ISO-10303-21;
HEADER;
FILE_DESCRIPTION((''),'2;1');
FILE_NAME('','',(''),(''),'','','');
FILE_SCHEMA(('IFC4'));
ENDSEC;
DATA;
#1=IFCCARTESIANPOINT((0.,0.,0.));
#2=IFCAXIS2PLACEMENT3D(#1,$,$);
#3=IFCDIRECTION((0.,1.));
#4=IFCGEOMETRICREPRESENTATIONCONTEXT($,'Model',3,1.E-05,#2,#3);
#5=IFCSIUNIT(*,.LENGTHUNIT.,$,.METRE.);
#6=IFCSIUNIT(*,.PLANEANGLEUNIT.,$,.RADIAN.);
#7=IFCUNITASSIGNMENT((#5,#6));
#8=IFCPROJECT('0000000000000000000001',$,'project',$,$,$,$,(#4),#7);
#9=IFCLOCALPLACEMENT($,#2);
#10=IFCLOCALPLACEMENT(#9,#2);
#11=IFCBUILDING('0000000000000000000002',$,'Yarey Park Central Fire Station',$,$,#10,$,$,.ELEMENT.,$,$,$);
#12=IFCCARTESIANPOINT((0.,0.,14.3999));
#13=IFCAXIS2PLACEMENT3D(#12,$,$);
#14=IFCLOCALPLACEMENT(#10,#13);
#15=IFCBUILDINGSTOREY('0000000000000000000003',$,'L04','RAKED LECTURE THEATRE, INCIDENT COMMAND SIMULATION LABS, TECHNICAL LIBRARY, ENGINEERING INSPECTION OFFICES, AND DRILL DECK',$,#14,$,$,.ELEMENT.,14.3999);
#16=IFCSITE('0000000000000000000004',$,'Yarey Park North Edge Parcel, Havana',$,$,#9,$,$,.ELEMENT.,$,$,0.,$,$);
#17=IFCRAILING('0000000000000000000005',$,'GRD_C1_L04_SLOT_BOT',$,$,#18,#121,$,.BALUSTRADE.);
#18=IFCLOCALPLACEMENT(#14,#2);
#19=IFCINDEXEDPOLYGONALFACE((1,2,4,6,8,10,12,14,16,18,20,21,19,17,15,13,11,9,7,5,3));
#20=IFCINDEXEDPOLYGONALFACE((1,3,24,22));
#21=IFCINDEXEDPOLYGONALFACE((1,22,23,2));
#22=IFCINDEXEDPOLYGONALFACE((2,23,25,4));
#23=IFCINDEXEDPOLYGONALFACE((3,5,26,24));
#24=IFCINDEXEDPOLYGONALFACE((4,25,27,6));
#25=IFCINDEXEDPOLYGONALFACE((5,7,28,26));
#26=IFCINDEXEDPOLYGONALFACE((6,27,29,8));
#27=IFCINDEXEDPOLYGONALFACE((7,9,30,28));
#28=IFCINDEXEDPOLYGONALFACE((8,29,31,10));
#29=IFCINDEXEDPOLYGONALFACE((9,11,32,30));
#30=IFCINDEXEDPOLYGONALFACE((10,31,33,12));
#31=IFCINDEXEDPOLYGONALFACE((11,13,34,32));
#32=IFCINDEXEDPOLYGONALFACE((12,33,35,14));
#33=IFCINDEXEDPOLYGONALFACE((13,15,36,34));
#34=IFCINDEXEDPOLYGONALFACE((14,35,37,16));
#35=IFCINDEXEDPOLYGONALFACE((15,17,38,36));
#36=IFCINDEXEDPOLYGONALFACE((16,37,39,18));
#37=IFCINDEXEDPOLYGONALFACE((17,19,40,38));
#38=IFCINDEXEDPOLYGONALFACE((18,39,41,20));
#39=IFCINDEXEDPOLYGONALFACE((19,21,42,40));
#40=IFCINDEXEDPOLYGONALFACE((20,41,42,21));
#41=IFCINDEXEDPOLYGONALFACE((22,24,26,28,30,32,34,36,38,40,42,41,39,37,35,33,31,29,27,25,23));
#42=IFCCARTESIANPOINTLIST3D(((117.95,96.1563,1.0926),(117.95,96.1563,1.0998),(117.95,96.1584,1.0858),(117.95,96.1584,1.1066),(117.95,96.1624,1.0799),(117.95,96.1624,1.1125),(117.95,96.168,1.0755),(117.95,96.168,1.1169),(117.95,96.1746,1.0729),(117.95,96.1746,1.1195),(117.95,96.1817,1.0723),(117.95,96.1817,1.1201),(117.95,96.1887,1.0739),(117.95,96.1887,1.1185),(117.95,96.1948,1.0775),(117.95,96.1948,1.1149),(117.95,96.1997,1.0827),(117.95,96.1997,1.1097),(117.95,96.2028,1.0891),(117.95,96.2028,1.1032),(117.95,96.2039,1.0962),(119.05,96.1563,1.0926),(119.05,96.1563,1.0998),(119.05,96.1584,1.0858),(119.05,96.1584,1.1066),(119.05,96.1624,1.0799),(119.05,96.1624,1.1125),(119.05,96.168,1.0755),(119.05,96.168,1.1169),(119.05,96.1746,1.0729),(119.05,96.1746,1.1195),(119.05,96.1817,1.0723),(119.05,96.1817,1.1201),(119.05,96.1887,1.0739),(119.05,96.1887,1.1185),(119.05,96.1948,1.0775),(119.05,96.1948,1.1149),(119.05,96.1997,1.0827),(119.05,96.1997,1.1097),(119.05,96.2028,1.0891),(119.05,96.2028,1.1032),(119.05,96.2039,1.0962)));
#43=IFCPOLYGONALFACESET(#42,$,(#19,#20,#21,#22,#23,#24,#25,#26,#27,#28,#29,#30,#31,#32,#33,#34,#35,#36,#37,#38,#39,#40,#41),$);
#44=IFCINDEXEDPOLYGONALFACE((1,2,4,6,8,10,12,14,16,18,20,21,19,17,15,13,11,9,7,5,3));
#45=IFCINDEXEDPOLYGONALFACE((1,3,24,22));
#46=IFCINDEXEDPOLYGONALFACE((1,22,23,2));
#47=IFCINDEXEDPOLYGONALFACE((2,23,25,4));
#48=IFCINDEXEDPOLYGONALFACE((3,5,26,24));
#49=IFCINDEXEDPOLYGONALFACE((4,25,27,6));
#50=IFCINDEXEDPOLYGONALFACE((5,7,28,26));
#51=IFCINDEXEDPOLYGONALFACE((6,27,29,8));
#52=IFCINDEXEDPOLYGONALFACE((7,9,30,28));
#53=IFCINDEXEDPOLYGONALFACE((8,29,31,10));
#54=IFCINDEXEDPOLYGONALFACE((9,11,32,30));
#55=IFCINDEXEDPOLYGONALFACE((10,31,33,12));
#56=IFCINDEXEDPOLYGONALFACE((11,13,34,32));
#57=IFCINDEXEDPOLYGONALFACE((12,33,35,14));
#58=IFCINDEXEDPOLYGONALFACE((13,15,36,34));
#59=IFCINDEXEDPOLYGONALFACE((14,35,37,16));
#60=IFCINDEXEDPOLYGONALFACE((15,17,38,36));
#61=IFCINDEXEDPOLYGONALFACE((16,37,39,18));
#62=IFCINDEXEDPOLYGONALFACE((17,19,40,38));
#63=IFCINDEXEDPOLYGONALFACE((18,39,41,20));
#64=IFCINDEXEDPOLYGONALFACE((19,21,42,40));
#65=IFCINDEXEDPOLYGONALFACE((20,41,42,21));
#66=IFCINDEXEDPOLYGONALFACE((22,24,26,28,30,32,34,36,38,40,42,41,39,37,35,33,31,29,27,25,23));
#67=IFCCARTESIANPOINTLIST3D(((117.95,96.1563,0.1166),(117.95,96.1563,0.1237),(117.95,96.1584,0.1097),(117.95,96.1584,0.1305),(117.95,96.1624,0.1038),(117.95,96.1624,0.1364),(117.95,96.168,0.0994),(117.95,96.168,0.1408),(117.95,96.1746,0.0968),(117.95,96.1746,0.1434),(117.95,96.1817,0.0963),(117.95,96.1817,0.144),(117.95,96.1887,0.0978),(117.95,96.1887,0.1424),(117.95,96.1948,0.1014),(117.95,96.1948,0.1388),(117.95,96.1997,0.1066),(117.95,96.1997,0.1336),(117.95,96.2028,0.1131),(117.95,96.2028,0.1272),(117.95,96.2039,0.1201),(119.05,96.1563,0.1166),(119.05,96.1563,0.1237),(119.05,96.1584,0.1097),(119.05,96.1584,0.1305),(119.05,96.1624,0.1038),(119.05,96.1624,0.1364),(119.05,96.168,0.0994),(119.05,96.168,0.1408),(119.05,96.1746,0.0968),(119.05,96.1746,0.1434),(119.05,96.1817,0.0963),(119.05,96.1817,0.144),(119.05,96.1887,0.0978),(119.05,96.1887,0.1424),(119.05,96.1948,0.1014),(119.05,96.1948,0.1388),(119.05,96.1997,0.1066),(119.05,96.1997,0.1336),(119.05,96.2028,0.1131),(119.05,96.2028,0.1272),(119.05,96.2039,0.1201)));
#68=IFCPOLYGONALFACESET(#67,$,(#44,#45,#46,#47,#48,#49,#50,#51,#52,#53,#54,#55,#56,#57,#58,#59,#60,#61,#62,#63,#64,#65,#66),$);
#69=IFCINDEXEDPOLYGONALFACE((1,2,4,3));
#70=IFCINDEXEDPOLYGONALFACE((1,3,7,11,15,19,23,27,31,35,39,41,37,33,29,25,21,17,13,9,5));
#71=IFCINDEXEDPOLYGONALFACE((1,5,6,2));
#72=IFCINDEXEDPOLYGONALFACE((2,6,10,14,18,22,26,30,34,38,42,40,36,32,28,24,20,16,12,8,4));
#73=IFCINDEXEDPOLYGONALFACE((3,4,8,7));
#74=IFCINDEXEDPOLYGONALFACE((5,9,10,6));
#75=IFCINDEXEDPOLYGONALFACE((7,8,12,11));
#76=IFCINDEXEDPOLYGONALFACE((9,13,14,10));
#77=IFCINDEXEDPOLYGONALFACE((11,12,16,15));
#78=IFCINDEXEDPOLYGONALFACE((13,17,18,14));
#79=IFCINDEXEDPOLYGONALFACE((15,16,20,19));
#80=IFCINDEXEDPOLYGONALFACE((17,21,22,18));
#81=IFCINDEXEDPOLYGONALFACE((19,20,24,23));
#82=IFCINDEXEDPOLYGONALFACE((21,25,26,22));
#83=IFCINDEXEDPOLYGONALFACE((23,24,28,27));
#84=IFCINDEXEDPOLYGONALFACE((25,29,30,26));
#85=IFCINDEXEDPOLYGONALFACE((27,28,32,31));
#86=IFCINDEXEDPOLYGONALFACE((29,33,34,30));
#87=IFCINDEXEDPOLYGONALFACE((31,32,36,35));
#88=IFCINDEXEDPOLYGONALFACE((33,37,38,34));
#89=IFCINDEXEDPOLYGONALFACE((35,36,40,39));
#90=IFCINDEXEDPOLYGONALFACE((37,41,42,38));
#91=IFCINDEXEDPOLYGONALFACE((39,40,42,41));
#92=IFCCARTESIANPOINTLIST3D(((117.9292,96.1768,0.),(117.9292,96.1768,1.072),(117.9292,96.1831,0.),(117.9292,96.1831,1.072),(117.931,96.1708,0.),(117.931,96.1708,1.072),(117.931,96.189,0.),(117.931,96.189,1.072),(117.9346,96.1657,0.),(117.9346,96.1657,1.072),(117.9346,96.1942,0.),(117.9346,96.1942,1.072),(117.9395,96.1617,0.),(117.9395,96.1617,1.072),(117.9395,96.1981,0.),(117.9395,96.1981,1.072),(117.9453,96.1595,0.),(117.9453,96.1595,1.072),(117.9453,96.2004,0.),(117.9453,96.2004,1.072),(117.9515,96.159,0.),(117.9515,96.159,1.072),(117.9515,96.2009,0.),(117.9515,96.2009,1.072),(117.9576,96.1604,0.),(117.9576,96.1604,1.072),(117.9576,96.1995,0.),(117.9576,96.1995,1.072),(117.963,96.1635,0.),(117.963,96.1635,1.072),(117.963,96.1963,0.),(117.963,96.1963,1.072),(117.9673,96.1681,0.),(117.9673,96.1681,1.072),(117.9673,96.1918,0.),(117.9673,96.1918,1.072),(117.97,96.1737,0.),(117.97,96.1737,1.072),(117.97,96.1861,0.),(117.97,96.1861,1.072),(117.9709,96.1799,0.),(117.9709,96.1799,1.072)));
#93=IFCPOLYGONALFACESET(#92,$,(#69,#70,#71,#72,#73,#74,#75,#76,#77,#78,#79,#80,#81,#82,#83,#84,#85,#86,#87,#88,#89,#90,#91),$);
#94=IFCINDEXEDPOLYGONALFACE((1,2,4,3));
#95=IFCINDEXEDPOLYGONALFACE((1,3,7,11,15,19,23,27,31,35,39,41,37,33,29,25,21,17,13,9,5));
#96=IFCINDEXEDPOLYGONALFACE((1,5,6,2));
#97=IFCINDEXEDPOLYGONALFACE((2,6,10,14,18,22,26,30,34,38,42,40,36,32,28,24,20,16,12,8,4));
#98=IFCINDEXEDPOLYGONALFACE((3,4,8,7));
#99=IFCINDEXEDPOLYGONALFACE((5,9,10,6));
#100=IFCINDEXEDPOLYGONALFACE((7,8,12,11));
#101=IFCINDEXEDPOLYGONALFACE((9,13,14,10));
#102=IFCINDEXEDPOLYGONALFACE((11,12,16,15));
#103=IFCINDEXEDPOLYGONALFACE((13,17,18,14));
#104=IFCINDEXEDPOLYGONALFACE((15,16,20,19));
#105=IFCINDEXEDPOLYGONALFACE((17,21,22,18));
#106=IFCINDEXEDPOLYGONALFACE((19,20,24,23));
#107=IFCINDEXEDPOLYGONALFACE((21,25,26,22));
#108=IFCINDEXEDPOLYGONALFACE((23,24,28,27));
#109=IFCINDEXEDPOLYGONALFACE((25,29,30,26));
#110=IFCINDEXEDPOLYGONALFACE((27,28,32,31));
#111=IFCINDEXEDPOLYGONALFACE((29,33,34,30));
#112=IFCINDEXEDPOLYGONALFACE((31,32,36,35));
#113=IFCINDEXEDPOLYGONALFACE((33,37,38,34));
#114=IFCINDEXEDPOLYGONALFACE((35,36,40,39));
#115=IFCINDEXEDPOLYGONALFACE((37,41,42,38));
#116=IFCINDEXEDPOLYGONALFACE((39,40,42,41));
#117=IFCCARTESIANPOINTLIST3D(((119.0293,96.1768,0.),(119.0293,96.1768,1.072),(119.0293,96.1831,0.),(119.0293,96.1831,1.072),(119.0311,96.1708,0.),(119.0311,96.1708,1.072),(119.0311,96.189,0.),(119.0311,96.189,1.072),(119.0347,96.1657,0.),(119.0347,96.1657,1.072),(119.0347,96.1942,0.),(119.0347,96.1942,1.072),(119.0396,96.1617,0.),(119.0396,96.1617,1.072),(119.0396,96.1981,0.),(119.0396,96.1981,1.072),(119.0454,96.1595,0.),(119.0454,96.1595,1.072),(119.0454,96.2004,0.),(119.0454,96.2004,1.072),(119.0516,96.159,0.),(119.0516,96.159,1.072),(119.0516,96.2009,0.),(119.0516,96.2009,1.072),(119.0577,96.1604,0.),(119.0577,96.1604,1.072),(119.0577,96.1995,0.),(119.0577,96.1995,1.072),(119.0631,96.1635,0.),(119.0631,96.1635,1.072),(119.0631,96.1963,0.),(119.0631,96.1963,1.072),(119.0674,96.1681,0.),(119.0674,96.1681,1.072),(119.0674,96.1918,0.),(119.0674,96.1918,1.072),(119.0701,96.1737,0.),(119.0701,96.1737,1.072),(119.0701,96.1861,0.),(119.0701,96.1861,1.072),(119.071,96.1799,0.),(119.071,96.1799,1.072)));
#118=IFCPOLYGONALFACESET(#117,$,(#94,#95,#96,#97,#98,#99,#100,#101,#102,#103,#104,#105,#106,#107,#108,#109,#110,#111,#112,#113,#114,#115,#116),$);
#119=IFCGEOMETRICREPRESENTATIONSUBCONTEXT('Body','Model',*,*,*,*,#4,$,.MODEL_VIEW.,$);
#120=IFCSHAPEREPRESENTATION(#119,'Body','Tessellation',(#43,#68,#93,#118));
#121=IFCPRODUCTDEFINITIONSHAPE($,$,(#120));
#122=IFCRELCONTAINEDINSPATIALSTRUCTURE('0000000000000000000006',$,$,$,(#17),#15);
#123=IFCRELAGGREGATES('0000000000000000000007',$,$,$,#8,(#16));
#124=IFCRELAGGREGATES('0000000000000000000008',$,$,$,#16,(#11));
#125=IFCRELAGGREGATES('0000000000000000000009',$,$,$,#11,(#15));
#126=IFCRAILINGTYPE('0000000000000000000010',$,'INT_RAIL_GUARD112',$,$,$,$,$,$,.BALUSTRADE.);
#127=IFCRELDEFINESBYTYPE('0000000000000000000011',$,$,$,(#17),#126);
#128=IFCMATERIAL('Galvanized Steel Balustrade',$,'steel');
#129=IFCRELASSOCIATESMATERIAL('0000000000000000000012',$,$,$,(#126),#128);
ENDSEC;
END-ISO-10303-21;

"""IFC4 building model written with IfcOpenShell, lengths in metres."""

from ifc_helpers import new_model, si_unit, direction, frame, origin, origin_2d, place, context, subcontext, project, spatial, circle, extrude, material, type_object, element, save


model = new_model("IFC4")

# Units and contexts
model_context = context("Model", 3, precision=1e-05, world=origin(), true_north=direction((0.0, 1.0)))
body_context = subcontext(model_context, "Body", "Model", "MODEL_VIEW")
ifc_project = project(units=[si_unit("LENGTHUNIT", "METRE"), si_unit("PLANEANGLEUNIT", "RADIAN")], contexts=[model_context])

# Site, building, storey
site_placement = place(None, origin())
site = spatial("IfcSite", under=ifc_project, at=site_placement, Name="Yarey Park North Edge Parcel, Havana", CompositionType="ELEMENT", RefElevation=0.0)
building_placement = place(site_placement, origin())
building = spatial("IfcBuilding", under=site, at=building_placement, Name="Yarey Park Central Fire Station", CompositionType="ELEMENT")
storey_placement = place(building_placement, frame((0.0, 0.0, 14.3999)))
storey = spatial("IfcBuildingStorey", under=building, at=storey_placement, Name="L04", Description="RAKED LECTURE THEATRE, INCIDENT COMMAND SIMULATION LABS, TECHNICAL LIBRARY, ENGINEERING INSPECTION OFFICES, AND DRILL DECK", CompositionType="ELEMENT", Elevation=14.3999)

# Railing
ifc_material_1 = material(Name="Galvanized Steel Balustrade", Category="steel")
railing_type_1 = type_object("IfcRailingType", Name="INT_RAIL_GUARD112", PredefinedType="BALUSTRADE", material=ifc_material_1)
railing_1_placement = place(storey_placement, frame((117.95, 96.1799, 0.0)))
element("IfcRailing", 1, at=railing_1_placement, inside=storey, type_object=railing_type_1, Name="GRD_C1_L04_SLOT_BOT", PredefinedType="BALUSTRADE", context=body_context, shape_type="SweptSolid", body=[
    extrude(circle(Radius=0.0239, at=origin_2d()), frame((0.0, 0.0, 1.0962), z_axis=(1.0, 0.0, 0.0), x_axis=(0.0, 1.0, 0.0)), (0.0, 0.0, 1.0), 1.1001),
    extrude(circle(Radius=0.0239, at=origin_2d()), frame((0.0, 0.0, 0.1201), z_axis=(1.0, 0.0, 0.0), x_axis=(0.0, 1.0, 0.0)), (0.0, 0.0, 1.0), 1.1001),
    extrude(circle(Radius=0.021, at=origin_2d()), origin(), (0.0, 0.0, 1.0), 1.072),
    extrude(circle(Radius=0.021, at=origin_2d()), frame((1.1001, 0.0, 0.0)), (0.0, 0.0, 1.0), 1.072),
])

save(model, "model.ifc")
